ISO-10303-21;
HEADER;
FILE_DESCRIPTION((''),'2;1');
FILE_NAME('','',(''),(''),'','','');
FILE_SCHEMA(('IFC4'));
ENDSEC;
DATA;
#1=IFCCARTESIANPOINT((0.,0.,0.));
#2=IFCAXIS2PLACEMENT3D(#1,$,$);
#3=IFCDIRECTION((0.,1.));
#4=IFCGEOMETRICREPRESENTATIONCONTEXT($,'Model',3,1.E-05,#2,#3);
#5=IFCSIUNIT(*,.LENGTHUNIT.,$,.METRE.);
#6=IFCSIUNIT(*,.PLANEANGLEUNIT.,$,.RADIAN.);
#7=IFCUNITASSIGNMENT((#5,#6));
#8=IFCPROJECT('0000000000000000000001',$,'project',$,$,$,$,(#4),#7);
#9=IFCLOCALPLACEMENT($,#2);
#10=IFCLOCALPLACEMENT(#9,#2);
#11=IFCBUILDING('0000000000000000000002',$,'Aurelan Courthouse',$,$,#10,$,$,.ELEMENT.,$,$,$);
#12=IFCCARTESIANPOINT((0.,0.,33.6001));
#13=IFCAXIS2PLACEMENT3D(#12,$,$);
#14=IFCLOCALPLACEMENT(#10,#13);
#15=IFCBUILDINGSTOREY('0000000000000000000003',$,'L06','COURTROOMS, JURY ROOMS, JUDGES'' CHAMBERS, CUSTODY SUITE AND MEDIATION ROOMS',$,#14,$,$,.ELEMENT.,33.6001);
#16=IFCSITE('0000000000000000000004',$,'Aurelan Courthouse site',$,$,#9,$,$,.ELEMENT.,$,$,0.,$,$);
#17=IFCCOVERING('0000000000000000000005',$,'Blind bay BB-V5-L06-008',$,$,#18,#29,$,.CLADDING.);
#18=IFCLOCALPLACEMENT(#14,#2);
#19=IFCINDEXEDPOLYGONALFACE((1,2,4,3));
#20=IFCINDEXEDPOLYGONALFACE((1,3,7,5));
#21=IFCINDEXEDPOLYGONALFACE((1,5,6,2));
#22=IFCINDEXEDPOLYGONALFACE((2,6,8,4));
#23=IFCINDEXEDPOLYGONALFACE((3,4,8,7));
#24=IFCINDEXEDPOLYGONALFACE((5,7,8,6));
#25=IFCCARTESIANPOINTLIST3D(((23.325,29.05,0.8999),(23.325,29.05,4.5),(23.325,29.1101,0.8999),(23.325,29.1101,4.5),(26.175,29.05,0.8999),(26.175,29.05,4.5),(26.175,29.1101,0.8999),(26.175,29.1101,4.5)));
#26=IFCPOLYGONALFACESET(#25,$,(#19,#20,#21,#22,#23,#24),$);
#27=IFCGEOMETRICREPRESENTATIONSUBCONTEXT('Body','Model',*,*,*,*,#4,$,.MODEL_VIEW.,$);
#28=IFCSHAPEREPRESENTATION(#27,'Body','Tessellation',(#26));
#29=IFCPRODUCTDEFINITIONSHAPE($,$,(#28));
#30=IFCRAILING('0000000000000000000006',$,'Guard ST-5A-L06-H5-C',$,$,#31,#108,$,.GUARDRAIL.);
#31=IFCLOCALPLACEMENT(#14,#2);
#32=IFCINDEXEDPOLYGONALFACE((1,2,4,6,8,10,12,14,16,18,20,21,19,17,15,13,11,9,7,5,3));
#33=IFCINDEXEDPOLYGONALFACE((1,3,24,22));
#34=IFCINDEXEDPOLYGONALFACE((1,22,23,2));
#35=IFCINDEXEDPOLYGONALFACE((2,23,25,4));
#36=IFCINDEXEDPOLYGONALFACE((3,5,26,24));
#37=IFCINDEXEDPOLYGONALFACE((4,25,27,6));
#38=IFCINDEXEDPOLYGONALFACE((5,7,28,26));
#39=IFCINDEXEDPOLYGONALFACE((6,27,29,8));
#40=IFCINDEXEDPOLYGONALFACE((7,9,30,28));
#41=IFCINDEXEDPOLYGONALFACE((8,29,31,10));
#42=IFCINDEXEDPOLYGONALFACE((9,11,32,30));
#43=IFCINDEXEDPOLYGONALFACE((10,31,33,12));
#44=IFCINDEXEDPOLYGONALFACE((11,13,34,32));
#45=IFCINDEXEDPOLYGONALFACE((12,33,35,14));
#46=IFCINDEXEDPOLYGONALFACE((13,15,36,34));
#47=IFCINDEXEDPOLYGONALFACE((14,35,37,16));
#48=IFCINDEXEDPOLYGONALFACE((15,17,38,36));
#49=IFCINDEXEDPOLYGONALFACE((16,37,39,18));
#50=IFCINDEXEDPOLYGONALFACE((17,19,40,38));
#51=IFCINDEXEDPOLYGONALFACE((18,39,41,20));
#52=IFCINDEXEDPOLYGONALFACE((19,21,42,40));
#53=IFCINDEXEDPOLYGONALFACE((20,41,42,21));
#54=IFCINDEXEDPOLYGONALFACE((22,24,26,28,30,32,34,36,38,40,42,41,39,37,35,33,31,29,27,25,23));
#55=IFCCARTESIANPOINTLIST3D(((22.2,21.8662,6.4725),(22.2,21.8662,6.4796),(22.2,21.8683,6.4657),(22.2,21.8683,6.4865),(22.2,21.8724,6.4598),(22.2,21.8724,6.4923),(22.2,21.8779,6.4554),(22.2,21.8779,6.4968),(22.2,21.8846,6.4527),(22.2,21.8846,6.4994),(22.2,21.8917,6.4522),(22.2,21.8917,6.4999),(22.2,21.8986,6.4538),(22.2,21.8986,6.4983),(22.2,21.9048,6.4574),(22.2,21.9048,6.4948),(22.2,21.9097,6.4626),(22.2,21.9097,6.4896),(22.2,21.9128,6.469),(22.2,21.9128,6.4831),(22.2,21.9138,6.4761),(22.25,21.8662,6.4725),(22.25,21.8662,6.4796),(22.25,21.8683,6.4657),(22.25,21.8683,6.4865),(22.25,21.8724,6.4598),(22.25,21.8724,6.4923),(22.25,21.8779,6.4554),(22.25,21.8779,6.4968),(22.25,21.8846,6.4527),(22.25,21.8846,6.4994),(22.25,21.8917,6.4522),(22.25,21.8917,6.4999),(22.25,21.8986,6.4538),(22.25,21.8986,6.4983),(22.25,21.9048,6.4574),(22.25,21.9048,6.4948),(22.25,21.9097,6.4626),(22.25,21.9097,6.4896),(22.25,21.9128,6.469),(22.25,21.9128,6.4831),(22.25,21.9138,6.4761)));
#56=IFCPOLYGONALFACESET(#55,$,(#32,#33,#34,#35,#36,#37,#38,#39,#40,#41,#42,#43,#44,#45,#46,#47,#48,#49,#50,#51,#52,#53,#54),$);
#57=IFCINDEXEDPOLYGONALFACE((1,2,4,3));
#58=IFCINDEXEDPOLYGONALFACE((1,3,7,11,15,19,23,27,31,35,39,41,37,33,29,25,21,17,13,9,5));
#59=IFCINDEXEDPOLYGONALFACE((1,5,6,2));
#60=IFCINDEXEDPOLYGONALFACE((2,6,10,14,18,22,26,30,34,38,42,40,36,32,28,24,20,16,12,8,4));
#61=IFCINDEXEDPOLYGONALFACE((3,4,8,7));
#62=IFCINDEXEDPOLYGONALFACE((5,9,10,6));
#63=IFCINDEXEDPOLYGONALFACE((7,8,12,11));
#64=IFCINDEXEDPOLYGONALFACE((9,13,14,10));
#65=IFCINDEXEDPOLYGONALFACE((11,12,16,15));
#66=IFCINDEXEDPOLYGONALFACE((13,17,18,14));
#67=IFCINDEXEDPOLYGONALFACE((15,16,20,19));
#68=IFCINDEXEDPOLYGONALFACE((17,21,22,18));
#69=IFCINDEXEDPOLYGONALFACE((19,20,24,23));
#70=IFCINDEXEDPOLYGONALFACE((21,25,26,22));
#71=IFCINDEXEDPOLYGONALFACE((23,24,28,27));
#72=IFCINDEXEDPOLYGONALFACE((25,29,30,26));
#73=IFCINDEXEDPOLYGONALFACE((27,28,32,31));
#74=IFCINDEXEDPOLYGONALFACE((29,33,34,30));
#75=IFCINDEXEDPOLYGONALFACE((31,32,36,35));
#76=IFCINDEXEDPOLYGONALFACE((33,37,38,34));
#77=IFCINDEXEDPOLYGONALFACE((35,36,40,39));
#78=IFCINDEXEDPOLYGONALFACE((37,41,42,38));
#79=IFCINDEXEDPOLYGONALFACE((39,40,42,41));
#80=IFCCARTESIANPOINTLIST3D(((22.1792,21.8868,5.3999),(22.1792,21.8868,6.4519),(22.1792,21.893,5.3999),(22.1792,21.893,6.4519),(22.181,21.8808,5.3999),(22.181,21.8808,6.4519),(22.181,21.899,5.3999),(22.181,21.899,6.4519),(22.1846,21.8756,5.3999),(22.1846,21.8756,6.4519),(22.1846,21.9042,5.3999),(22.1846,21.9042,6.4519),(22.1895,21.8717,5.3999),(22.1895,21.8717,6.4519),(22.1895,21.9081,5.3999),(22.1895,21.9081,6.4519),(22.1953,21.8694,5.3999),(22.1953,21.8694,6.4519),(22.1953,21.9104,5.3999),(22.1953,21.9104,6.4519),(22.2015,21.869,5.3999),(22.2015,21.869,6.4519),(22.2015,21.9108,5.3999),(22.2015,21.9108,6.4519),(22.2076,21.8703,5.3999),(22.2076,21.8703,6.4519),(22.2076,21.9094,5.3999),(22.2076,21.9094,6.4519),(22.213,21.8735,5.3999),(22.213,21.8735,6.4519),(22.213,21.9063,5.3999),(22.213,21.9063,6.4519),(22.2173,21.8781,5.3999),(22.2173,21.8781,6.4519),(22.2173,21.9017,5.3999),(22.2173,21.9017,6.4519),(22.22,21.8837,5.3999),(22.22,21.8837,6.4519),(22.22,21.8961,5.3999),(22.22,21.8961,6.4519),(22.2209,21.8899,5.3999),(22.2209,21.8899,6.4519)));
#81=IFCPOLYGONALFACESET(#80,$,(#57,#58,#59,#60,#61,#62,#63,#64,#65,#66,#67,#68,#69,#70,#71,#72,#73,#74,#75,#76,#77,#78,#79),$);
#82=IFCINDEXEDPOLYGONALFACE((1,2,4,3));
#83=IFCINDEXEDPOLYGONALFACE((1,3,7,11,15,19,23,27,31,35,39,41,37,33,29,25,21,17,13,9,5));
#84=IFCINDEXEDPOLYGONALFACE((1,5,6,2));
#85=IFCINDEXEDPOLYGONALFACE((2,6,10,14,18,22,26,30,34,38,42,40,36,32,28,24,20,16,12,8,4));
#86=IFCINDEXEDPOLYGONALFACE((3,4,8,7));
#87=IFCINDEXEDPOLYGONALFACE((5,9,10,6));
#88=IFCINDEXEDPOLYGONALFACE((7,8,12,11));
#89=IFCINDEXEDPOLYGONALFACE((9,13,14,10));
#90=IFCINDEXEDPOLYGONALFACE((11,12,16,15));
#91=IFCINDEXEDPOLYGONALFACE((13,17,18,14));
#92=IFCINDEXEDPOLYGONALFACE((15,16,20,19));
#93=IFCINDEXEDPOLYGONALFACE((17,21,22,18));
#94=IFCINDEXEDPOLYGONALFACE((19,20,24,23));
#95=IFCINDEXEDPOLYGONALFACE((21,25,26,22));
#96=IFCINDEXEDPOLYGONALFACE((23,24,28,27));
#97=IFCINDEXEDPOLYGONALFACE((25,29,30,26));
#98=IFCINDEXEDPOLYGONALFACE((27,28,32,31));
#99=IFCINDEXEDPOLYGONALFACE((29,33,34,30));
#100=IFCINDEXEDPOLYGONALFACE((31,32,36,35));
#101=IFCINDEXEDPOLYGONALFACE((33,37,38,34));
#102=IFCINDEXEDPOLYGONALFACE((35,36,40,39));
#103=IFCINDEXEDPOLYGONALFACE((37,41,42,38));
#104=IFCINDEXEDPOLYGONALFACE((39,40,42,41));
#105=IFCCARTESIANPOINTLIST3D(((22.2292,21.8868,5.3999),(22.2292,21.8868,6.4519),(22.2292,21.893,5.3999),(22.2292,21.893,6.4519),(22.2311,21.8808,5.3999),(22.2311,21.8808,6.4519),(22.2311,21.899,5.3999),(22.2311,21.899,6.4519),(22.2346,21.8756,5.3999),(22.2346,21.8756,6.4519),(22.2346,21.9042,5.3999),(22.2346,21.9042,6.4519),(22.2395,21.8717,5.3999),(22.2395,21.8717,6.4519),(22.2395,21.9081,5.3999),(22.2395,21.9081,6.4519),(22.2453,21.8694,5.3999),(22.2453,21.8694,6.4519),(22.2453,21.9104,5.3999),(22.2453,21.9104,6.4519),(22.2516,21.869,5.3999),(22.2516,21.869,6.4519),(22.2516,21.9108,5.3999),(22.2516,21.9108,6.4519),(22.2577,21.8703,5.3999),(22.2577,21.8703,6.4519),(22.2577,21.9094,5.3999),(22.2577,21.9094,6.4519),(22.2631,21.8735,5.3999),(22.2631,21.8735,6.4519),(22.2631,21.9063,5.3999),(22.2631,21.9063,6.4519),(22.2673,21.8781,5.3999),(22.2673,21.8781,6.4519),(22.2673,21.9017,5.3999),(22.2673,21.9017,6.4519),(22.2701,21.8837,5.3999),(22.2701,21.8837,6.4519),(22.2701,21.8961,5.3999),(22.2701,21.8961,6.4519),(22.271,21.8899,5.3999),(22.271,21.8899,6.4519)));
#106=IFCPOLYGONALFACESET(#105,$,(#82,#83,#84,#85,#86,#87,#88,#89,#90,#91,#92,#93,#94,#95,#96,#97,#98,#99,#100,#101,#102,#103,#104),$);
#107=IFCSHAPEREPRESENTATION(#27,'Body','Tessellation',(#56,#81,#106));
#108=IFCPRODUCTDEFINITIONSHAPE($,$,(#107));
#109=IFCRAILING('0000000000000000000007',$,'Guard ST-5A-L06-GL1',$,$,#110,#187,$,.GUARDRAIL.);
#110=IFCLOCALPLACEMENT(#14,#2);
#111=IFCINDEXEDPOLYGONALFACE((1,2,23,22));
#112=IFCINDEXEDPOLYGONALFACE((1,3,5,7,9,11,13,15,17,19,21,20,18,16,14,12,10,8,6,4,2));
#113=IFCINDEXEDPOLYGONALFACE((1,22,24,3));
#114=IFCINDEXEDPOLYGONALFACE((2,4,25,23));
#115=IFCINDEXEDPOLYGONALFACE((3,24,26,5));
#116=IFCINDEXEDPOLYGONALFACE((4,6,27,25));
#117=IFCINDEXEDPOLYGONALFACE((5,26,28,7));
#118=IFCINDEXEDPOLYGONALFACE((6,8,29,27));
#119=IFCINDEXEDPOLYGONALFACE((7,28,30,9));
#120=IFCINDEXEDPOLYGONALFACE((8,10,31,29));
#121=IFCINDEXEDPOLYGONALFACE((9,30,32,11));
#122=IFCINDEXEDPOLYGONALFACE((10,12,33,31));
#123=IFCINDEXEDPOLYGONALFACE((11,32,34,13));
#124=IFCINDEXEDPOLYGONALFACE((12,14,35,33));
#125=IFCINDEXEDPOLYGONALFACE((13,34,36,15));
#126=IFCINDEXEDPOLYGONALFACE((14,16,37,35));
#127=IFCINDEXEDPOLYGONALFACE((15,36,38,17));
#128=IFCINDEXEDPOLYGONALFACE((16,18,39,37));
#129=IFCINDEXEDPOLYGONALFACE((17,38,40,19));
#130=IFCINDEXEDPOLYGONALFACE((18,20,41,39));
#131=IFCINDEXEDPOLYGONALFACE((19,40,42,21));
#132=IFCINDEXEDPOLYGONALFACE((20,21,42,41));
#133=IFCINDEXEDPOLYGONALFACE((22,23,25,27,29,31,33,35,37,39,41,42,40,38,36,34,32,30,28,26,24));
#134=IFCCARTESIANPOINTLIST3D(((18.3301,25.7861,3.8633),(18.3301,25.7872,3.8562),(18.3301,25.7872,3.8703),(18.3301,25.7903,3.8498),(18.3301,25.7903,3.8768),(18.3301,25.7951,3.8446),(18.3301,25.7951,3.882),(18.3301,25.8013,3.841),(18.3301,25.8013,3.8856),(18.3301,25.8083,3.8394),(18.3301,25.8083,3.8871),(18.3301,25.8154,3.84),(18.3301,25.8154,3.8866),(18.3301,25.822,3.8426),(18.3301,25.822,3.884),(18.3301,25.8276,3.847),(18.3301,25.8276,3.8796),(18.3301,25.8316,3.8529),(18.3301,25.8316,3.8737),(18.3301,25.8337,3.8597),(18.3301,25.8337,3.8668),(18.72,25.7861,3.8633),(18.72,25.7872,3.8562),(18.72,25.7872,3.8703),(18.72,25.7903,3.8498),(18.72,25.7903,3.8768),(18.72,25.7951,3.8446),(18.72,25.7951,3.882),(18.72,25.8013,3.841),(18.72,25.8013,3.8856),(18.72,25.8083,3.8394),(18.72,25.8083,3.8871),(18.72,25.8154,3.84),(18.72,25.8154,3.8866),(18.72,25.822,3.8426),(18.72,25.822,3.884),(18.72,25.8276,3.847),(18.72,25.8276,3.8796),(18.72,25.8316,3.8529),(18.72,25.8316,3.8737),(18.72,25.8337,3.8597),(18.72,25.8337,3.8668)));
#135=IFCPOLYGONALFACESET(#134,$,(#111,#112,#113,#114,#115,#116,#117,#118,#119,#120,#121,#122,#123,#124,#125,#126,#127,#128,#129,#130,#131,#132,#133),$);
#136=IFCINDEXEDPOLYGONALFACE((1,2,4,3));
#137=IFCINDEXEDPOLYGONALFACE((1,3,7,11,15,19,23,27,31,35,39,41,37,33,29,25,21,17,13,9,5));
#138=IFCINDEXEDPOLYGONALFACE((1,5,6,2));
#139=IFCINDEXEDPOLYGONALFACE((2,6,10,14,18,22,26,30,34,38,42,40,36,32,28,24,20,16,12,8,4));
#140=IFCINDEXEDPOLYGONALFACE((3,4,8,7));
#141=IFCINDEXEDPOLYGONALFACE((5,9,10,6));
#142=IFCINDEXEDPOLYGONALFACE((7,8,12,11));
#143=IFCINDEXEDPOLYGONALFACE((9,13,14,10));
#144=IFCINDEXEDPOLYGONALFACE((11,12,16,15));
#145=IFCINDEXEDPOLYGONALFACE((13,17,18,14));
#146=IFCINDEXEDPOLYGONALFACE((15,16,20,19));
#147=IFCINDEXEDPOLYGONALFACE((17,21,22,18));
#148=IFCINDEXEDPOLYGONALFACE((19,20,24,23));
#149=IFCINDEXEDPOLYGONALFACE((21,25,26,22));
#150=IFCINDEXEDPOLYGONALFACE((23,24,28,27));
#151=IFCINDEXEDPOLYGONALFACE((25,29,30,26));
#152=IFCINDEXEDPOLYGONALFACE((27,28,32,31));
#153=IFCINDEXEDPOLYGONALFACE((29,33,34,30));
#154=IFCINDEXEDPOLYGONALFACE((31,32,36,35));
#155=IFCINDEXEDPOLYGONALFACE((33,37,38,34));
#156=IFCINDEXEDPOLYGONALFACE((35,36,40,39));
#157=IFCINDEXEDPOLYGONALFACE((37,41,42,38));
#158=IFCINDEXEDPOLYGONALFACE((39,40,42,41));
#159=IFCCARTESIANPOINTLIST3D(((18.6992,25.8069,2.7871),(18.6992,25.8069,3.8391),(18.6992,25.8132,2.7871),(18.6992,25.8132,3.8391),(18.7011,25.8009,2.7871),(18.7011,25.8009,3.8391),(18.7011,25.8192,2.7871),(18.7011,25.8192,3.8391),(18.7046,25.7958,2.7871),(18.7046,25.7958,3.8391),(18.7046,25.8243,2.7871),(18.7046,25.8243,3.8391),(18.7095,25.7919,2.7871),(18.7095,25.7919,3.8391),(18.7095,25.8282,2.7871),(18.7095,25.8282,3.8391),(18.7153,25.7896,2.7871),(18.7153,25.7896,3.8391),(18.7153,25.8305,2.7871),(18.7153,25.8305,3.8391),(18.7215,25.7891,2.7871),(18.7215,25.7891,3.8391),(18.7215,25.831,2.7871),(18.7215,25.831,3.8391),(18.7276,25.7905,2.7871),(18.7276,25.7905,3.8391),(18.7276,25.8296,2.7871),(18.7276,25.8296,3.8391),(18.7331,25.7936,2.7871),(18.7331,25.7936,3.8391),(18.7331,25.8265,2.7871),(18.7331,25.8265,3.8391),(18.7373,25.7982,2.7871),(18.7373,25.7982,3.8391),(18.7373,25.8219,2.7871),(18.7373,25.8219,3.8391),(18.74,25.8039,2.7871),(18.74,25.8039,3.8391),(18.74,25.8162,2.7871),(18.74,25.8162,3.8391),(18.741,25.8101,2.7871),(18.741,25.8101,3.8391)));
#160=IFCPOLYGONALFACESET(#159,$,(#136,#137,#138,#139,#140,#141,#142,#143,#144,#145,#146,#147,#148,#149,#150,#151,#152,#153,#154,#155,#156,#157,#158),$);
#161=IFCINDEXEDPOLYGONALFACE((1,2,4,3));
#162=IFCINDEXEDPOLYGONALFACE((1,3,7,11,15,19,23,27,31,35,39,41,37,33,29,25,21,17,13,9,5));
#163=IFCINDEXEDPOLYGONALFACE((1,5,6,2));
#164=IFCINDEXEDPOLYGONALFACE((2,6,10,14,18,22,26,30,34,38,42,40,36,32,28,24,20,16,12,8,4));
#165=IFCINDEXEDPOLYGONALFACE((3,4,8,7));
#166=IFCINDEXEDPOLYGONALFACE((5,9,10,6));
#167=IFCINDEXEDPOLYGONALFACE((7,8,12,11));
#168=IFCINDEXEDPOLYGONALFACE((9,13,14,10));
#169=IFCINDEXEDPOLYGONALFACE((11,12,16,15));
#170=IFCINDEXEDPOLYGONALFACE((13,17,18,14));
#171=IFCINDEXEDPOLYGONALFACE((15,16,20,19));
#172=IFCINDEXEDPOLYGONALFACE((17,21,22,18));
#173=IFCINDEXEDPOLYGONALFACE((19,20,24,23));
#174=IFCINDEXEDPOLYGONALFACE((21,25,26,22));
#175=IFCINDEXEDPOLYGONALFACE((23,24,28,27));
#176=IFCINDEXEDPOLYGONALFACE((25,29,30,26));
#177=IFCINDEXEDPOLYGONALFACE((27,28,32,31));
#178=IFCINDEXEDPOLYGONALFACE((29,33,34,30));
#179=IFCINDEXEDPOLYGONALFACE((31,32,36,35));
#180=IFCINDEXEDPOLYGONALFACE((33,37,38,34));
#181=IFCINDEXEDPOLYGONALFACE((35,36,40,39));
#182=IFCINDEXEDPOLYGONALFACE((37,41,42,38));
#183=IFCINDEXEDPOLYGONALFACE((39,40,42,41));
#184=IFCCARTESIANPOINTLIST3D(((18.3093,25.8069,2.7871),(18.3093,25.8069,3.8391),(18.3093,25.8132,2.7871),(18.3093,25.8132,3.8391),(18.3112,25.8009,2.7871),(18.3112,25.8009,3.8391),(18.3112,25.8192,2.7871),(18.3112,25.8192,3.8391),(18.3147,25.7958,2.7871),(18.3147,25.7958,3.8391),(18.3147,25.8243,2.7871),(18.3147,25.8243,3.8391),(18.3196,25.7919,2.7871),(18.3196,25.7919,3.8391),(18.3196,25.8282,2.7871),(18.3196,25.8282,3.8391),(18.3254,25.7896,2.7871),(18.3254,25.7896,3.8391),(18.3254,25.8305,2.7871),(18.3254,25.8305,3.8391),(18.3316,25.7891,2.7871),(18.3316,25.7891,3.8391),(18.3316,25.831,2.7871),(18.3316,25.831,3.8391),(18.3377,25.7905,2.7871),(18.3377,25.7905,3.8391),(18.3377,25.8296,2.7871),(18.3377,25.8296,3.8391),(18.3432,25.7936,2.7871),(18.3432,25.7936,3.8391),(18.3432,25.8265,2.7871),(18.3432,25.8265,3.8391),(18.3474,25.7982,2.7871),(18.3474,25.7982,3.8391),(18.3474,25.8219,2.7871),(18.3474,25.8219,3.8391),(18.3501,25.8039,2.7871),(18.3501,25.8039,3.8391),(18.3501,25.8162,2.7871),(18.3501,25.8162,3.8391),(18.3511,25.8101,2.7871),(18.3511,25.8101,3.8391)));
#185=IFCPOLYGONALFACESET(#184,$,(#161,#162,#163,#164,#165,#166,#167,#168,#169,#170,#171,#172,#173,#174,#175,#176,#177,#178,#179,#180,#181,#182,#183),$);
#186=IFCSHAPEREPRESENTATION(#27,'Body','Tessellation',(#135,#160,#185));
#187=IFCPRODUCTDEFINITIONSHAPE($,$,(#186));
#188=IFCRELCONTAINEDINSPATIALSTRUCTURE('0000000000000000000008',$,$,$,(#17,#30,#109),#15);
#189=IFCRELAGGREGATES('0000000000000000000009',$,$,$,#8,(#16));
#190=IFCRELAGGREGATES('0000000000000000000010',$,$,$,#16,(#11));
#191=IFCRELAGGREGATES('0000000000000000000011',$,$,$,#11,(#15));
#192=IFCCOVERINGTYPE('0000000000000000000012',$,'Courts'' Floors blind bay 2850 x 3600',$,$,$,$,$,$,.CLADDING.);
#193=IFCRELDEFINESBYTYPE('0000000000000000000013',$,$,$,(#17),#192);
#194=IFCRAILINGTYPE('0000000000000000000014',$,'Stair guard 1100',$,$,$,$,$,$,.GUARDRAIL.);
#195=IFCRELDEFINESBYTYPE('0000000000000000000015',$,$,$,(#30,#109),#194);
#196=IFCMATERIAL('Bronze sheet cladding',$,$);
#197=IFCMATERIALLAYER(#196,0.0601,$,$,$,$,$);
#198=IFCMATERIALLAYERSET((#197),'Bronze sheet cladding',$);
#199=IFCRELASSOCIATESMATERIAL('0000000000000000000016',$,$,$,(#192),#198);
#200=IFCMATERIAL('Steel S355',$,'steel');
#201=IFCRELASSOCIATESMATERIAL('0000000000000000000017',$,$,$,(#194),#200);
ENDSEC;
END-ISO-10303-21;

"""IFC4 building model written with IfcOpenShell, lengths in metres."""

from ifc_helpers import new_model, si_unit, direction, frame, origin, origin_2d, place, context, subcontext, project, spatial, rectangle, circle, extrude, material, layer, layer_set, type_object, element, save


model = new_model("IFC4")

# Units and contexts
model_context = context("Model", 3, precision=1e-05, world=origin(), true_north=direction((0.0, 1.0)))
body_context = subcontext(model_context, "Body", "Model", "MODEL_VIEW")
ifc_project = project(units=[si_unit("LENGTHUNIT", "METRE"), si_unit("PLANEANGLEUNIT", "RADIAN")], contexts=[model_context])

# Site, building, storey
site_placement = place(None, origin())
site = spatial("IfcSite", under=ifc_project, at=site_placement, Name="Aurelan Courthouse site", CompositionType="ELEMENT", RefElevation=0.0)
building_placement = place(site_placement, origin())
building = spatial("IfcBuilding", under=site, at=building_placement, Name="Aurelan Courthouse", CompositionType="ELEMENT")
storey_placement = place(building_placement, frame((0.0, 0.0, 33.6001)))
storey = spatial("IfcBuildingStorey", under=building, at=storey_placement, Name="L06", Description="COURTROOMS, JURY ROOMS, JUDGES' CHAMBERS, CUSTODY SUITE AND MEDIATION ROOMS", CompositionType="ELEMENT", Elevation=33.6001)

# Covering
ifc_material_1 = material(Name="Bronze sheet cladding")
ifc_layer_1 = layer(ifc_material_1, 0.0601)
ifc_layer_set_1 = layer_set([ifc_layer_1], Name="Bronze sheet cladding")
covering_type = type_object("IfcCoveringType", Name="Courts' Floors blind bay 2850 x 3600", PredefinedType="CLADDING", material=ifc_layer_set_1)
for number, where, z_axis, x_axis, name in (
    (1, (24.75, 29.0801, 0.8999), (0.0, 0.0, 1.0), (1.0, 0.0, 0.0), "Blind bay BB-V5-L06-008"),
):
    element("IfcCovering", number, at=place(storey_placement, frame(where, z_axis=z_axis, x_axis=x_axis)), inside=storey, type_object=covering_type, Name=name, PredefinedType="CLADDING", context=body_context, shape_type="SweptSolid", body=[
        extrude(rectangle(XDim=2.8501, YDim=0.0601, at=origin_2d()), origin(), (0.0, 0.0, 1.0), 3.6001),
    ])

# Railings
ifc_material_2 = material(Name="Steel S355", Category="steel")
railing_type_1 = type_object("IfcRailingType", Name="Stair guard 1100", PredefinedType="GUARDRAIL", material=ifc_material_2)
railing_1_placement = place(storey_placement, frame((22.2, 21.8899, 5.3999)))
element("IfcRailing", 2, at=railing_1_placement, inside=storey, type_object=railing_type_1, Name="Guard ST-5A-L06-H5-C", PredefinedType="GUARDRAIL", context=body_context, shape_type="SweptSolid", body=[
    extrude(circle(Radius=0.0239, at=origin_2d()), frame((0.0, 0.0, 1.0762), z_axis=(1.0, 0.0, 0.0), x_axis=(0.0, 1.0, 0.0)), (0.0, 0.0, 1.0), 0.05),
    extrude(circle(Radius=0.021, at=origin_2d()), origin(), (0.0, 0.0, 1.0), 1.052),
    extrude(circle(Radius=0.021, at=origin_2d()), frame((0.05, 0.0, 0.0)), (0.0, 0.0, 1.0), 1.052),
])
railing_2_placement = place(storey_placement, frame((18.72, 25.8101, 2.7871)))
element("IfcRailing", 3, at=railing_2_placement, inside=storey, type_object=railing_type_1, Name="Guard ST-5A-L06-GL1", PredefinedType="GUARDRAIL", context=body_context, shape_type="SweptSolid", body=[
    extrude(circle(Radius=0.0239, at=origin_2d()), frame((0.0, 0.0, 1.0762), z_axis=(-1.0, 0.0, 0.0), x_axis=(0.0, -1.0, 0.0)), (0.0, 0.0, 1.0), 0.3899),
    extrude(circle(Radius=0.021, at=origin_2d()), origin(), (0.0, 0.0, 1.0), 1.052),
    extrude(circle(Radius=0.021, at=origin_2d()), frame((-0.3899, 0.0, 0.0)), (0.0, 0.0, 1.0), 1.052),
])

save(model, "model.ifc")
